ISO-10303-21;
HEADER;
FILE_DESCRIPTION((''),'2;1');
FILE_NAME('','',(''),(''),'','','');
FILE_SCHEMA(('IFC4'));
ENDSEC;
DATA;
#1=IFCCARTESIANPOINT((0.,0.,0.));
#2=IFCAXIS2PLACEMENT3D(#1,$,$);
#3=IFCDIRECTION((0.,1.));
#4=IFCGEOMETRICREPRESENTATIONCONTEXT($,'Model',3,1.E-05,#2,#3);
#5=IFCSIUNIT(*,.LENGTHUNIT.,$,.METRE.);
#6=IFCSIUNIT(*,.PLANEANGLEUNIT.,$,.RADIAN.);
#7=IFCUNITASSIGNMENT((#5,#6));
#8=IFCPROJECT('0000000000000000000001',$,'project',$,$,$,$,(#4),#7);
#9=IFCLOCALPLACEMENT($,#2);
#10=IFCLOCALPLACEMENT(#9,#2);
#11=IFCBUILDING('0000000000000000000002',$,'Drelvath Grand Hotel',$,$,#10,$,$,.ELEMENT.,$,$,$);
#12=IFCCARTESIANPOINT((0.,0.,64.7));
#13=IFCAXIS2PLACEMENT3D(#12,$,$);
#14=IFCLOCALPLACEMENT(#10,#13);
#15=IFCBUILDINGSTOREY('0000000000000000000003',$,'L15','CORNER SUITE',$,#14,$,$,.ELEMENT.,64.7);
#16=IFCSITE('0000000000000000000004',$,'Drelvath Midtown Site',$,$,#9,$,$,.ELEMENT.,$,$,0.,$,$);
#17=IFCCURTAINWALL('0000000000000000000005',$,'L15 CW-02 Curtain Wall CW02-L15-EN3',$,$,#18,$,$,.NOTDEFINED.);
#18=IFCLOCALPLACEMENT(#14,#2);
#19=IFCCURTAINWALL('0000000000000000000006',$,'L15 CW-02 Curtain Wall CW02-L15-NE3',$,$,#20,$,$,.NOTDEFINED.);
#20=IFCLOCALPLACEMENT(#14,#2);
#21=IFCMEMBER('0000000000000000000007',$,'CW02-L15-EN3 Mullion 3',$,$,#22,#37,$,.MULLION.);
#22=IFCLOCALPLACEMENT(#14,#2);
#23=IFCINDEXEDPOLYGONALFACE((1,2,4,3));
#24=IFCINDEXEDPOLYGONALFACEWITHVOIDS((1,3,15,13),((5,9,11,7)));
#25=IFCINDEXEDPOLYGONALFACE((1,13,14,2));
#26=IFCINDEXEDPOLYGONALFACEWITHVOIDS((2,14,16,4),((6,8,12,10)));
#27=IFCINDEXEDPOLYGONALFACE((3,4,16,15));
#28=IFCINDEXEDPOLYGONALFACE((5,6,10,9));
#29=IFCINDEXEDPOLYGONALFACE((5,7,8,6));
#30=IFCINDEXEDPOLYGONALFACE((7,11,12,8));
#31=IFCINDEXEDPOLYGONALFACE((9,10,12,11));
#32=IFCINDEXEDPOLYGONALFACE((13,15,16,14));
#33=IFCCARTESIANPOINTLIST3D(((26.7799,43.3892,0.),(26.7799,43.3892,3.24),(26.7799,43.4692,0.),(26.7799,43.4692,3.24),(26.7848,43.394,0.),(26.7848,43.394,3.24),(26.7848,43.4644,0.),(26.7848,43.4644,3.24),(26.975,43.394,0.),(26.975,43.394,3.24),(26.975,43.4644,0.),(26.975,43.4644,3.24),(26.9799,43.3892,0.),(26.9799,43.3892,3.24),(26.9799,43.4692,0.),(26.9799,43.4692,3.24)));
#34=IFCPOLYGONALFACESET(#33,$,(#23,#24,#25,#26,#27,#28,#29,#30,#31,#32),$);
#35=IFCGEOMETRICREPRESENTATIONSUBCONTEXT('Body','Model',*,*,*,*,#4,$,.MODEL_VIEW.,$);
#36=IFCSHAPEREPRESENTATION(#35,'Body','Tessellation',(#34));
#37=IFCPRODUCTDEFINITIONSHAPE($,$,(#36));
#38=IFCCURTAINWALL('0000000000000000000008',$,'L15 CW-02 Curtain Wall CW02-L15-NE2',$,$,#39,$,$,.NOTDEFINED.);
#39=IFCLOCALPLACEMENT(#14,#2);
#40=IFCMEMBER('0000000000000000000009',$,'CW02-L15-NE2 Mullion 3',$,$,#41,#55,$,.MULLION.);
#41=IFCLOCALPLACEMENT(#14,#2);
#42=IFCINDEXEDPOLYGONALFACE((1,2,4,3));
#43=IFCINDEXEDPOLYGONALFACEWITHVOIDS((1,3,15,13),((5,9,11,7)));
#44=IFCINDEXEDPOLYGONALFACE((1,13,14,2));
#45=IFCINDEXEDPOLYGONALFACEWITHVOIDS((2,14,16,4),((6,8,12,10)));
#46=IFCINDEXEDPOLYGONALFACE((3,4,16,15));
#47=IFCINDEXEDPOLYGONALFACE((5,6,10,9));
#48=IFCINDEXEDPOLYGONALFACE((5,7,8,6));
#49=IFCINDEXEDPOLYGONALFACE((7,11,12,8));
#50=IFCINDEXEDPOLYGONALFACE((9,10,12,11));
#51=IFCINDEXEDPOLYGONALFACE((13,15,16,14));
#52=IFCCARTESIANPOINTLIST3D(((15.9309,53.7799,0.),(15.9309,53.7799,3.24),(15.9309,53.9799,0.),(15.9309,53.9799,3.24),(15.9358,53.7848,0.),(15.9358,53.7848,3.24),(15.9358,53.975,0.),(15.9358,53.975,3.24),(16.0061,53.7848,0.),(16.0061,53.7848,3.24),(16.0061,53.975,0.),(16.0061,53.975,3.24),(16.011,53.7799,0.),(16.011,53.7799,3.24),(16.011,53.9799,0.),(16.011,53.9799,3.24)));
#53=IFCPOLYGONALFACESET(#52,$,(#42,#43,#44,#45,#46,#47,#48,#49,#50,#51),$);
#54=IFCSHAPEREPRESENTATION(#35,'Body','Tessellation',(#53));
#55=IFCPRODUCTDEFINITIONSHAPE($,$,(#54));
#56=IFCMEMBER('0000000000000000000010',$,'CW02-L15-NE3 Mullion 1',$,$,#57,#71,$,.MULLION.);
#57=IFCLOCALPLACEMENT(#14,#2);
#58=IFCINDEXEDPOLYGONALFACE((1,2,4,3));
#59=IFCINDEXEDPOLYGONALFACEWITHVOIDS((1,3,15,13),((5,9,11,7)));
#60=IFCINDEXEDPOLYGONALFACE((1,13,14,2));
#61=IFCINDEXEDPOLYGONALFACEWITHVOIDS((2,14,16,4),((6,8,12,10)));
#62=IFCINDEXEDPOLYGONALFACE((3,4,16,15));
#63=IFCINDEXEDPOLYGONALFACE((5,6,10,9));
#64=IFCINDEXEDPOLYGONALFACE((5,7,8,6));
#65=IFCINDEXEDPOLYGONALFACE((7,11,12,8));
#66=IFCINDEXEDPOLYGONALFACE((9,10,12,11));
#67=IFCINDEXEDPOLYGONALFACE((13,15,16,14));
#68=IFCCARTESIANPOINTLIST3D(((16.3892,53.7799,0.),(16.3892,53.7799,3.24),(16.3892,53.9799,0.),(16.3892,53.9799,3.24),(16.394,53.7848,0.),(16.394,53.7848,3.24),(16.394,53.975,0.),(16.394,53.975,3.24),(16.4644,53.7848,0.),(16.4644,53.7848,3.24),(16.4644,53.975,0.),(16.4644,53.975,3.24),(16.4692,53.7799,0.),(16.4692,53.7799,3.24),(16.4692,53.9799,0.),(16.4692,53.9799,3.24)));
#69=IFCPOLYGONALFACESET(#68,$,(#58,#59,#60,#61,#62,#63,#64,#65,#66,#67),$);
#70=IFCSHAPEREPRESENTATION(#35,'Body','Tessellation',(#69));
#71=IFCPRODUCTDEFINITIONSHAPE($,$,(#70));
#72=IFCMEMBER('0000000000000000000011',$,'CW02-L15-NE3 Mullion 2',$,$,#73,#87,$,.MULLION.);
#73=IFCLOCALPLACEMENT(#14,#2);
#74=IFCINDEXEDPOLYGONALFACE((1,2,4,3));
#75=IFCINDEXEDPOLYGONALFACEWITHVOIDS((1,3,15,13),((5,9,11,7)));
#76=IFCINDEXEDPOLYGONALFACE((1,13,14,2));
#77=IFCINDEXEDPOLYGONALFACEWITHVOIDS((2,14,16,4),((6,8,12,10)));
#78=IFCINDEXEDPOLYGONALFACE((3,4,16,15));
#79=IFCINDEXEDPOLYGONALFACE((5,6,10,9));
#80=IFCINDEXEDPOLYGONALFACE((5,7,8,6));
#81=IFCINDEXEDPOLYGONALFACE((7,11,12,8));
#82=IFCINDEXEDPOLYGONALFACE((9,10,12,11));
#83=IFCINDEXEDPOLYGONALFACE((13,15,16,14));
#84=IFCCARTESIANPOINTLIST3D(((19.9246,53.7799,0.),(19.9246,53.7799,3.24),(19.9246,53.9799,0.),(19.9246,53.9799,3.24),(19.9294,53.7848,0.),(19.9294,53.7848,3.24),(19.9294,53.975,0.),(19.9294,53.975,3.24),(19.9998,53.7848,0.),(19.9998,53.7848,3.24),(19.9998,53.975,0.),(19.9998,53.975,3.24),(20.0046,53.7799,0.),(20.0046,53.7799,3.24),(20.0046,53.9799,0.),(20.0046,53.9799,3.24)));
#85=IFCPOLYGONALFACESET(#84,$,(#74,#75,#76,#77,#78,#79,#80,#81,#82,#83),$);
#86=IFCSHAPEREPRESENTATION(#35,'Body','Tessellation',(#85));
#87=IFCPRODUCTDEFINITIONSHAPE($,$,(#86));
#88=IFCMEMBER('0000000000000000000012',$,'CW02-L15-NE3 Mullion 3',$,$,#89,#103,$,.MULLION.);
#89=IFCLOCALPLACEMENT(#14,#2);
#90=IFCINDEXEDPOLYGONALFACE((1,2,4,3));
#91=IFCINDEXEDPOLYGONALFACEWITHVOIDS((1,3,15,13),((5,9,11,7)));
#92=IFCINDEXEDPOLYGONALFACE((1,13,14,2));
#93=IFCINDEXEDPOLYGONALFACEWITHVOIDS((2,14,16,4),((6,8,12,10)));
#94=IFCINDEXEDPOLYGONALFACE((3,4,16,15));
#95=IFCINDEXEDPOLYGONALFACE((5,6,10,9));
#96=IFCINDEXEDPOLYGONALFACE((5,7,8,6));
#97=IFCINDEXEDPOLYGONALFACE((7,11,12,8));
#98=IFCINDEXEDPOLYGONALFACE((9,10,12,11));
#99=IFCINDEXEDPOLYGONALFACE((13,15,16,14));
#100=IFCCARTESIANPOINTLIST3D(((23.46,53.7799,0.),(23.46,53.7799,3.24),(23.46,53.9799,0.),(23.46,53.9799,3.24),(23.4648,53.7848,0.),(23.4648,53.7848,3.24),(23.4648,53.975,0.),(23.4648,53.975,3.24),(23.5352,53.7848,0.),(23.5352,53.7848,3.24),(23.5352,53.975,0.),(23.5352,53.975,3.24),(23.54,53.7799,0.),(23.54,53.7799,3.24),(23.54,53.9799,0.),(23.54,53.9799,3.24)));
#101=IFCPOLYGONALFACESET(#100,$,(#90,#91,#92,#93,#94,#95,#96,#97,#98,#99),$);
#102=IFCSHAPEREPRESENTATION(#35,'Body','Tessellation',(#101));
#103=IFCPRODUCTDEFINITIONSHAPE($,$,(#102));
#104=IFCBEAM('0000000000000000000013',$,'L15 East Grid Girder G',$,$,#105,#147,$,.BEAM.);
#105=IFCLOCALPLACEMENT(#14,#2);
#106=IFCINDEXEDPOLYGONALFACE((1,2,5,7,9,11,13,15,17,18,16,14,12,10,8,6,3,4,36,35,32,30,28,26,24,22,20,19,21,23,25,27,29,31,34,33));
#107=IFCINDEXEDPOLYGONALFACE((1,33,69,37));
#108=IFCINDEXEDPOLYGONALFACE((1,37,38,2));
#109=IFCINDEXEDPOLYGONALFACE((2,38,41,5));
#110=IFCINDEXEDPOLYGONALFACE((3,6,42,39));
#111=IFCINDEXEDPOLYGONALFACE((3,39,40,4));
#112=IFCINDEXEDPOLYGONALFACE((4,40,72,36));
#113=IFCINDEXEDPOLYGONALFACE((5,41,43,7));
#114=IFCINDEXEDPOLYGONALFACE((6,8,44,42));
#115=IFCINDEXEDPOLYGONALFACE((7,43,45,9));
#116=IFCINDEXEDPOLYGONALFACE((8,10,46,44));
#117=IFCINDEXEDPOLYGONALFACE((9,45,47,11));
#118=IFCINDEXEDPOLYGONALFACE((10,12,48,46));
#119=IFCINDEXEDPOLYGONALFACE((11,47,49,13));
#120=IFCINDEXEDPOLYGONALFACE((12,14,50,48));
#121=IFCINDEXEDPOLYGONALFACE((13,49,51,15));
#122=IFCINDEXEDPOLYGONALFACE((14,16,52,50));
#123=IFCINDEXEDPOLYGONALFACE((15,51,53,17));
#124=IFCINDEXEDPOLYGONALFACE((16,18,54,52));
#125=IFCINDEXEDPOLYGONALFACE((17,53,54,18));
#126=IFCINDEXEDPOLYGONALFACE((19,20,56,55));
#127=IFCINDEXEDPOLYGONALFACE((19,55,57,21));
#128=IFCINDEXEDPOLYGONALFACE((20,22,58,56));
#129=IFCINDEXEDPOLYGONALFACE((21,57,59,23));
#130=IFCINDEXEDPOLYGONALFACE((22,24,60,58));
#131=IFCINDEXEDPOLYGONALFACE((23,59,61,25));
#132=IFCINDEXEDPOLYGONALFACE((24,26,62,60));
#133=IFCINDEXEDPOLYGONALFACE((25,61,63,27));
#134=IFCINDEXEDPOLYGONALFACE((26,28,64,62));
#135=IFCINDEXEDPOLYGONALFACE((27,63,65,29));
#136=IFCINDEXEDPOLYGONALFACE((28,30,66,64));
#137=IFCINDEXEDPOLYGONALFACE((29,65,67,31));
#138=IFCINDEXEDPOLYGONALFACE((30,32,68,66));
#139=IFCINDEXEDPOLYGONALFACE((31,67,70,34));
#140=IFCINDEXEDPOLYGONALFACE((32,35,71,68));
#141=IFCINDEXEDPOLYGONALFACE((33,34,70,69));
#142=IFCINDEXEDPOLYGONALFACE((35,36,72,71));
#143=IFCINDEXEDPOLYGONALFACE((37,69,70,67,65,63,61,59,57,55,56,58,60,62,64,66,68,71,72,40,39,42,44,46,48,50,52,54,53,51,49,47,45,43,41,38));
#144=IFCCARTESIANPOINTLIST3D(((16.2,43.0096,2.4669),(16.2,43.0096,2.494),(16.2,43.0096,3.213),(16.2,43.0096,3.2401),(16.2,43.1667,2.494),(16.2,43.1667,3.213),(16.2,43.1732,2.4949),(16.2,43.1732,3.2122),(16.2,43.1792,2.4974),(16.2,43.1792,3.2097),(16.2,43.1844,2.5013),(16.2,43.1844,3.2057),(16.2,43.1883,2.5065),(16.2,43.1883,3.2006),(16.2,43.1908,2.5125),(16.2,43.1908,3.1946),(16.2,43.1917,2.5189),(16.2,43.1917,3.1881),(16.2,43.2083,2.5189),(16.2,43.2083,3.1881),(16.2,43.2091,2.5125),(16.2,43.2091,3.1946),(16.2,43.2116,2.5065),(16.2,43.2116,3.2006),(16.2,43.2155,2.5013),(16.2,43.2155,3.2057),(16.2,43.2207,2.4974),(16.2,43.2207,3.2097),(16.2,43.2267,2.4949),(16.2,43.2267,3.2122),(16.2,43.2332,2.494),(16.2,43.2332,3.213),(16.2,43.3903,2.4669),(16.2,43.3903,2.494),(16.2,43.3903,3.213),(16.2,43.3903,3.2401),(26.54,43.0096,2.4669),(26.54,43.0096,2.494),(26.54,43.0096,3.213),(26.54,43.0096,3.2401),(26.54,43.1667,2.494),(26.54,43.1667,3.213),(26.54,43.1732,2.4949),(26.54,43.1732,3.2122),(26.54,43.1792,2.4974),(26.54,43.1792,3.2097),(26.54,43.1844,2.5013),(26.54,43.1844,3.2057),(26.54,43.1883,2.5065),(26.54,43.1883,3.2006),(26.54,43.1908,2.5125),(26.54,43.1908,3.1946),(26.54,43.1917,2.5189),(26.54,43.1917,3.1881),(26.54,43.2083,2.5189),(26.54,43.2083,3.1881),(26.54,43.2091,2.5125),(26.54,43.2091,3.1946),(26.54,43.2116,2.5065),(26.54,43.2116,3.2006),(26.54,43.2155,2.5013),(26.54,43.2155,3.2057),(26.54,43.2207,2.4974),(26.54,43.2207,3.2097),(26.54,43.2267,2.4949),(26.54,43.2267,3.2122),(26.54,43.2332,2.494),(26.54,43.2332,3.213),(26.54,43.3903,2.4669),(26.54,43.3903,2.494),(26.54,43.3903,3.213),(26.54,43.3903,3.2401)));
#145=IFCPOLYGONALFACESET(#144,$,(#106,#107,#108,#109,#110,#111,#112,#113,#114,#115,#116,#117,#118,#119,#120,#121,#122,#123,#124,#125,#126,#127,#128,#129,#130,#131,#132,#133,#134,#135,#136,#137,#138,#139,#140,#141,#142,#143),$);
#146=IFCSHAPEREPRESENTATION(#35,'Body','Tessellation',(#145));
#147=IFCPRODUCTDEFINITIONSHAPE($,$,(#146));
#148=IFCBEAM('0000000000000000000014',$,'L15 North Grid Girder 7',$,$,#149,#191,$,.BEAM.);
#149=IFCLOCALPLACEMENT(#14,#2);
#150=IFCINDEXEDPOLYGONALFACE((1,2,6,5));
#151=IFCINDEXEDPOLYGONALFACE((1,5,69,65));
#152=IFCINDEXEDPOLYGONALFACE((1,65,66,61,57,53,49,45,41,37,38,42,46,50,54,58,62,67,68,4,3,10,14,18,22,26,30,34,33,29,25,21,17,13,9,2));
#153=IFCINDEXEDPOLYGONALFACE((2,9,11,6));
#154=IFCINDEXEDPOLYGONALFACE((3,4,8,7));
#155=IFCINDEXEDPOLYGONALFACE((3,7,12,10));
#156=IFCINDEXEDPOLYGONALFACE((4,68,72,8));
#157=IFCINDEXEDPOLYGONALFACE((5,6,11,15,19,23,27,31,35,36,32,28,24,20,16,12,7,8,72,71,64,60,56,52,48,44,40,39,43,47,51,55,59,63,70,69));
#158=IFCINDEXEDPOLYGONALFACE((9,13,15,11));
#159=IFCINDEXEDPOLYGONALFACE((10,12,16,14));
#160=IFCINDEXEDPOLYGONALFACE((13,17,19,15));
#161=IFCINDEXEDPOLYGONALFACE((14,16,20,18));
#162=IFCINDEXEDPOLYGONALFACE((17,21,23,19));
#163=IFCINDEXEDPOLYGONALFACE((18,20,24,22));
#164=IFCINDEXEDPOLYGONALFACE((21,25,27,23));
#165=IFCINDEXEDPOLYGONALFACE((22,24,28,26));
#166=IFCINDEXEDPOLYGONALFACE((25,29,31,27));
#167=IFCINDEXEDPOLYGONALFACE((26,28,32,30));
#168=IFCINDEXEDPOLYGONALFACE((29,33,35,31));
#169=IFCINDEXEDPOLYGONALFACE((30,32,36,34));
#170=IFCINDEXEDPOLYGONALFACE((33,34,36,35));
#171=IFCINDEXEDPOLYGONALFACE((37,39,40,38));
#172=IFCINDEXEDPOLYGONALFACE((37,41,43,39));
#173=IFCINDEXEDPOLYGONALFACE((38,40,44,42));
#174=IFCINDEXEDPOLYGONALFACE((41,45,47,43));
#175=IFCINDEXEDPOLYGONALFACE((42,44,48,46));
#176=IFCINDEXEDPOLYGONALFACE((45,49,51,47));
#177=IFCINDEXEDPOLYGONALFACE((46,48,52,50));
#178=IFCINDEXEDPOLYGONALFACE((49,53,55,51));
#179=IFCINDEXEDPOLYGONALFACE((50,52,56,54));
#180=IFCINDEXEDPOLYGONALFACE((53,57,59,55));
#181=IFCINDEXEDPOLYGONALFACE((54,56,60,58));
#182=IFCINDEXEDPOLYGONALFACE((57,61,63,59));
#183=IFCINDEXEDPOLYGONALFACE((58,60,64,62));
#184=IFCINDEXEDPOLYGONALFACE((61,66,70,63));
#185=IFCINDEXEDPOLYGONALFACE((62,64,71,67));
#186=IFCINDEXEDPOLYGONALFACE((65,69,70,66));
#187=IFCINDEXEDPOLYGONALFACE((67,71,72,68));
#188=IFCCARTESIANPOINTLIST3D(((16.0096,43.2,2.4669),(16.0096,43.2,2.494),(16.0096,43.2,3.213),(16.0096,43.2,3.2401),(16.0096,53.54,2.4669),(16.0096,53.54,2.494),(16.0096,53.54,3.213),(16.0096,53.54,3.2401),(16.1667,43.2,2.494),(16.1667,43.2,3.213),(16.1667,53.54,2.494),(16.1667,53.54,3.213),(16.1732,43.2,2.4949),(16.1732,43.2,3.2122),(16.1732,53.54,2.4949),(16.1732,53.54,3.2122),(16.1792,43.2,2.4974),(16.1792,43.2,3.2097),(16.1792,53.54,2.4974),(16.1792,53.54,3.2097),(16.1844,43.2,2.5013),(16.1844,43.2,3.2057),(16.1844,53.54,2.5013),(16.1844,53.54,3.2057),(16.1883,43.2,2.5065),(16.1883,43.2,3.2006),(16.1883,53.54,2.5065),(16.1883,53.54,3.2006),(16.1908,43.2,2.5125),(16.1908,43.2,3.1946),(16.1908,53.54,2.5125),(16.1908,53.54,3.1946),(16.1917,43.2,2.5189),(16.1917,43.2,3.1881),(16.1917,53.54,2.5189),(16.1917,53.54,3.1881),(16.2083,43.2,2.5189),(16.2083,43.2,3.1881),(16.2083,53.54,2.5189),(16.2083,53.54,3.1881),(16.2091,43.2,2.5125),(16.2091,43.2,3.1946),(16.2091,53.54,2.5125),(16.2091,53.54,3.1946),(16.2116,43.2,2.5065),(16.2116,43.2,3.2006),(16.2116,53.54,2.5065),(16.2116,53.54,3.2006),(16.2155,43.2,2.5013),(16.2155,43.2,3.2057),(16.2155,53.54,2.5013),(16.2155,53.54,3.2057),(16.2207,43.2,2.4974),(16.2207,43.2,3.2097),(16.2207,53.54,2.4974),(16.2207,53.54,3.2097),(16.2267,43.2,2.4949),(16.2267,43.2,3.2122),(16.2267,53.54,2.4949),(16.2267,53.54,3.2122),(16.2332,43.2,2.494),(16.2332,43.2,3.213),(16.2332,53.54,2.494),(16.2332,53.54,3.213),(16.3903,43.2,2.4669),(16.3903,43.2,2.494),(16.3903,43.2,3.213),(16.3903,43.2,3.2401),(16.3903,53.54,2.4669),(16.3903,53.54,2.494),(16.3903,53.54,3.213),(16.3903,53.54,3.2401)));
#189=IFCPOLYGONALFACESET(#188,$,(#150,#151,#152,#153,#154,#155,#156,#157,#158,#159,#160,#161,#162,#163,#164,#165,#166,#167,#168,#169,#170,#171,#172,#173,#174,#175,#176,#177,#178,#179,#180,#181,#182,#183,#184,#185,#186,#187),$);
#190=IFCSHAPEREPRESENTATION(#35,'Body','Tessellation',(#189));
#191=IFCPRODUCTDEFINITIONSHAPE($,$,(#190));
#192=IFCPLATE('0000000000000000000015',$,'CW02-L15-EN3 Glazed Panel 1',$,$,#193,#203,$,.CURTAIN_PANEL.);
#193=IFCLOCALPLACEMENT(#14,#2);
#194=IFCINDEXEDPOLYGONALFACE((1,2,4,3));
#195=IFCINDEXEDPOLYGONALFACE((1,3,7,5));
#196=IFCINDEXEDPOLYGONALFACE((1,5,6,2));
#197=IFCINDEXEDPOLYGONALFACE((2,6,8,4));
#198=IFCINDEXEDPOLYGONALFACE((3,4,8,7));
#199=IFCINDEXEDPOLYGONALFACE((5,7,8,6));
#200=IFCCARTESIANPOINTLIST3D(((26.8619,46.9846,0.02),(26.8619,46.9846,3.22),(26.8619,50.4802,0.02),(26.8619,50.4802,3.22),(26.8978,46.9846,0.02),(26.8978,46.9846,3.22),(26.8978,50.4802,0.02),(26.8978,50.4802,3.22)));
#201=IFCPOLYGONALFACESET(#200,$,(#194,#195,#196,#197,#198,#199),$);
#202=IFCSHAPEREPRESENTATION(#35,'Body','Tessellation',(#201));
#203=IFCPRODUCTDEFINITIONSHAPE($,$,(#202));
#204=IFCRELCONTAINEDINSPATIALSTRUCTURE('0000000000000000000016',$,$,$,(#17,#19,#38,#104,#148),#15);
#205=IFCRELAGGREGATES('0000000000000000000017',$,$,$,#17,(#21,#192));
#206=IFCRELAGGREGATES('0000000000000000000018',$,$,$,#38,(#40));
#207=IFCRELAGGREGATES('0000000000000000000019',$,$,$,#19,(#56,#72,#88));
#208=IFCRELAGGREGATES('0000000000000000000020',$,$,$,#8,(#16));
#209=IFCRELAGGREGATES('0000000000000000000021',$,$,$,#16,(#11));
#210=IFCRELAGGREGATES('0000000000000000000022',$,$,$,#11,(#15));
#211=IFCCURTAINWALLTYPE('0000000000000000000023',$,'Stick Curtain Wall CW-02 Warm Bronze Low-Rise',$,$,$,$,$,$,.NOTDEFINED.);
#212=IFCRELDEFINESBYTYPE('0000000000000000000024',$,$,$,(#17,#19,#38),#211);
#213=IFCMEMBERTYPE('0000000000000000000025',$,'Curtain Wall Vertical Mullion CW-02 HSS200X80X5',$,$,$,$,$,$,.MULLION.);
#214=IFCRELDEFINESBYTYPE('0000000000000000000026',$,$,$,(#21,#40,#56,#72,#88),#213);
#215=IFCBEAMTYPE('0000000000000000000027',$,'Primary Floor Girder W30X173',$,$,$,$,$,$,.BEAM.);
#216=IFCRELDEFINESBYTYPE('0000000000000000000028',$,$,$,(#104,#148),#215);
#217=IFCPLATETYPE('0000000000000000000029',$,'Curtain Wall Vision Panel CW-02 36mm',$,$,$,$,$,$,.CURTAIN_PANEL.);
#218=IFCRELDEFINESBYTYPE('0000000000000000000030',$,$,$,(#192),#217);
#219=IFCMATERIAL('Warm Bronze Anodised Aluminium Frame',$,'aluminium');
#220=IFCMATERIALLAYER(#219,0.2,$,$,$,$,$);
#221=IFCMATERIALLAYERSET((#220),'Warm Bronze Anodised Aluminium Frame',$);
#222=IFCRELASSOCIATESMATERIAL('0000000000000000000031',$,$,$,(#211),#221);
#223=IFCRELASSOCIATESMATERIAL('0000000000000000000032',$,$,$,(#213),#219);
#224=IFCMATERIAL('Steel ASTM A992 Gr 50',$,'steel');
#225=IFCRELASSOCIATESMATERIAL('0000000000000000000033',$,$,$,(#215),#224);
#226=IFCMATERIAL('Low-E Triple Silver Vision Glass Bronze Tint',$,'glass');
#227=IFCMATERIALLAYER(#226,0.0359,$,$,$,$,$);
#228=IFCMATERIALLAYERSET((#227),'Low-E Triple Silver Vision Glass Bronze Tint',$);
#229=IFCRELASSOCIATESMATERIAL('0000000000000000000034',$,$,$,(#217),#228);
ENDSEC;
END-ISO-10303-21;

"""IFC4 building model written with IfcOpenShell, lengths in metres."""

from ifc_helpers import new_model, si_unit, direction, frame, origin, origin_2d, place, context, subcontext, project, spatial, rectangle, hollow_rectangle, i_section, extrude, material, layer, layer_set, material_profile, profile_set, type_object, element, aggregate, save


model = new_model("IFC4")

# Units and contexts
model_context = context("Model", 3, precision=1e-05, world=origin(), true_north=direction((0.0, 1.0)))
body_context = subcontext(model_context, "Body", "Model", "MODEL_VIEW")
ifc_project = project(units=[si_unit("LENGTHUNIT", "METRE"), si_unit("PLANEANGLEUNIT", "RADIAN")], contexts=[model_context])

# Site, building, storey
site_placement = place(None, origin())
site = spatial("IfcSite", under=ifc_project, at=site_placement, Name="Drelvath Midtown Site", CompositionType="ELEMENT", RefElevation=0.0)
building_placement = place(site_placement, origin())
building = spatial("IfcBuilding", under=site, at=building_placement, Name="Drelvath Grand Hotel", CompositionType="ELEMENT")
storey_placement = place(building_placement, frame((0.0, 0.0, 64.7)))
storey = spatial("IfcBuildingStorey", under=building, at=storey_placement, Name="L15", Description="CORNER SUITE", CompositionType="ELEMENT", Elevation=64.7)

# Curtain walls
ifc_material_1 = material(Name="Warm Bronze Anodised Aluminium Frame", Category="aluminium")
ifc_layer_1 = layer(ifc_material_1, 0.2)
ifc_layer_set_1 = layer_set([ifc_layer_1], Name="Warm Bronze Anodised Aluminium Frame")
curtain_wall_type = type_object("IfcCurtainWallType", Name="Stick Curtain Wall CW-02 Warm Bronze Low-Rise", PredefinedType="NOTDEFINED", material=ifc_layer_set_1)
curtain_wall_1_placement = place(storey_placement, origin())
curtain_wall_1 = element("IfcCurtainWall", 1, at=curtain_wall_1_placement, inside=storey, type_object=curtain_wall_type, Name="L15 CW-02 Curtain Wall CW02-L15-EN3", PredefinedType="NOTDEFINED")
curtain_wall_2_placement = place(storey_placement, origin())
curtain_wall_2 = element("IfcCurtainWall", 2, at=curtain_wall_2_placement, inside=storey, type_object=curtain_wall_type, Name="L15 CW-02 Curtain Wall CW02-L15-NE3", PredefinedType="NOTDEFINED")

# Member
ifc_material_profile_1 = material_profile(ifc_material_1, hollow_rectangle(XDim=0.0801, YDim=0.2, WallThickness=0.0049, at=origin_2d()), Name="HSS200X80X5")
ifc_profile_set_1 = profile_set([ifc_material_profile_1], Name="Warm Bronze Anodised Aluminium Frame")
member_type_1 = type_object("IfcMemberType", Name="Curtain Wall Vertical Mullion CW-02 HSS200X80X5", PredefinedType="MULLION", material=ifc_profile_set_1)
member_1_placement = place(storey_placement, frame((26.8799, 43.4292, 0.0), z_axis=(0.0, 0.0, 1.0), x_axis=(0.0, 1.0, 0.0)))
member_1 = element("IfcMember", 3, at=member_1_placement, type_object=member_type_1, Name="CW02-L15-EN3 Mullion 3", PredefinedType="MULLION", context=body_context, shape_type="SweptSolid", body=[
    extrude(hollow_rectangle(XDim=0.0801, YDim=0.2, WallThickness=0.0049, at=origin_2d()), origin(), (0.0, 0.0, 1.0), 3.24),
])

# Curtain wall, member
curtain_wall_3_placement = place(storey_placement, origin())
curtain_wall_3 = element("IfcCurtainWall", 4, at=curtain_wall_3_placement, inside=storey, type_object=curtain_wall_type, Name="L15 CW-02 Curtain Wall CW02-L15-NE2", PredefinedType="NOTDEFINED")
member_2_placement = place(storey_placement, frame((15.9709, 53.8799, 0.0), z_axis=(0.0, 0.0, 1.0), x_axis=(1.0, 0.0, 0.0)))
member_2 = element("IfcMember", 5, at=member_2_placement, type_object=member_type_1, Name="CW02-L15-NE2 Mullion 3", PredefinedType="MULLION", context=body_context, shape_type="SweptSolid", body=[
    extrude(hollow_rectangle(XDim=0.0801, YDim=0.2, WallThickness=0.0049, at=origin_2d()), origin(), (0.0, 0.0, 1.0), 3.24),
])

# Members
member_3_placement = place(storey_placement, frame((16.4292, 53.8799, 0.0), z_axis=(0.0, 0.0, 1.0), x_axis=(1.0, 0.0, 0.0)))
member_3 = element("IfcMember", 6, at=member_3_placement, type_object=member_type_1, Name="CW02-L15-NE3 Mullion 1", PredefinedType="MULLION", context=body_context, shape_type="SweptSolid", body=[
    extrude(hollow_rectangle(XDim=0.0801, YDim=0.2, WallThickness=0.0049, at=origin_2d()), origin(), (0.0, 0.0, 1.0), 3.24),
])
member_4_placement = place(storey_placement, frame((19.9646, 53.8799, 0.0), z_axis=(0.0, 0.0, 1.0), x_axis=(1.0, 0.0, 0.0)))
member_4 = element("IfcMember", 7, at=member_4_placement, type_object=member_type_1, Name="CW02-L15-NE3 Mullion 2", PredefinedType="MULLION", context=body_context, shape_type="SweptSolid", body=[
    extrude(hollow_rectangle(XDim=0.0801, YDim=0.2, WallThickness=0.0049, at=origin_2d()), origin(), (0.0, 0.0, 1.0), 3.24),
])
member_5_placement = place(storey_placement, frame((23.5, 53.8799, 0.0), z_axis=(0.0, 0.0, 1.0), x_axis=(1.0, 0.0, 0.0)))
member_5 = element("IfcMember", 8, at=member_5_placement, type_object=member_type_1, Name="CW02-L15-NE3 Mullion 3", PredefinedType="MULLION", context=body_context, shape_type="SweptSolid", body=[
    extrude(hollow_rectangle(XDim=0.0801, YDim=0.2, WallThickness=0.0049, at=origin_2d()), origin(), (0.0, 0.0, 1.0), 3.24),
])

# Beams
ifc_material_2 = material(Name="Steel ASTM A992 Gr 50", Category="steel")
ifc_material_profile_2 = material_profile(ifc_material_2, i_section(OverallWidth=0.3806, OverallDepth=0.7732, WebThickness=0.0166, FlangeThickness=0.0271, FilletRadius=0.0249, at=origin_2d()), Name="W30X173")
ifc_profile_set_2 = profile_set([ifc_material_profile_2], Name="Steel ASTM A992 Gr 50")
beam_type = type_object("IfcBeamType", Name="Primary Floor Girder W30X173", PredefinedType="BEAM", material=ifc_profile_set_2)
for number, where, z_axis, x_axis, name in (
    (9, (16.2, 43.2, 2.8535), (1.0, 0.0, 0.0), (0.0, 1.0, 0.0), "L15 East Grid Girder G"),
    (10, (16.2, 43.2, 2.8535), (0.0, 1.0, 0.0), (-1.0, 0.0, 0.0), "L15 North Grid Girder 7"),
):
    element("IfcBeam", number, at=place(storey_placement, frame(where, z_axis=z_axis, x_axis=x_axis)), inside=storey, type_object=beam_type, Name=name, PredefinedType="BEAM", context=body_context, shape_type="SweptSolid", body=[
        extrude(i_section(OverallWidth=0.3806, OverallDepth=0.7732, WebThickness=0.0166, FlangeThickness=0.0271, FilletRadius=0.0249, at=origin_2d()), origin(), (0.0, 0.0, 1.0), 10.3401),
    ])

# Plate
ifc_material_3 = material(Name="Low-E Triple Silver Vision Glass Bronze Tint", Category="glass")
ifc_layer_2 = layer(ifc_material_3, 0.0359)
ifc_layer_set_2 = layer_set([ifc_layer_2], Name="Low-E Triple Silver Vision Glass Bronze Tint")
plate_type = type_object("IfcPlateType", Name="Curtain Wall Vision Panel CW-02 36mm", PredefinedType="CURTAIN_PANEL", material=ifc_layer_set_2)
plate_1_placement = place(storey_placement, frame((26.8799, 48.7324, 0.02), z_axis=(0.0, 0.0, 1.0), x_axis=(0.0, -1.0, 0.0)))
plate_1 = element("IfcPlate", 11, at=plate_1_placement, type_object=plate_type, Name="CW02-L15-EN3 Glazed Panel 1", PredefinedType="CURTAIN_PANEL", context=body_context, shape_type="SweptSolid", body=[
    extrude(rectangle(XDim=3.4956, YDim=0.0359, at=origin_2d()), origin(), (0.0, 0.0, 1.0), 3.2),
])
aggregate(curtain_wall_1, [member_1, plate_1])
aggregate(curtain_wall_3, [member_2])
aggregate(curtain_wall_2, [member_3, member_4, member_5])

save(model, "model.ifc")
